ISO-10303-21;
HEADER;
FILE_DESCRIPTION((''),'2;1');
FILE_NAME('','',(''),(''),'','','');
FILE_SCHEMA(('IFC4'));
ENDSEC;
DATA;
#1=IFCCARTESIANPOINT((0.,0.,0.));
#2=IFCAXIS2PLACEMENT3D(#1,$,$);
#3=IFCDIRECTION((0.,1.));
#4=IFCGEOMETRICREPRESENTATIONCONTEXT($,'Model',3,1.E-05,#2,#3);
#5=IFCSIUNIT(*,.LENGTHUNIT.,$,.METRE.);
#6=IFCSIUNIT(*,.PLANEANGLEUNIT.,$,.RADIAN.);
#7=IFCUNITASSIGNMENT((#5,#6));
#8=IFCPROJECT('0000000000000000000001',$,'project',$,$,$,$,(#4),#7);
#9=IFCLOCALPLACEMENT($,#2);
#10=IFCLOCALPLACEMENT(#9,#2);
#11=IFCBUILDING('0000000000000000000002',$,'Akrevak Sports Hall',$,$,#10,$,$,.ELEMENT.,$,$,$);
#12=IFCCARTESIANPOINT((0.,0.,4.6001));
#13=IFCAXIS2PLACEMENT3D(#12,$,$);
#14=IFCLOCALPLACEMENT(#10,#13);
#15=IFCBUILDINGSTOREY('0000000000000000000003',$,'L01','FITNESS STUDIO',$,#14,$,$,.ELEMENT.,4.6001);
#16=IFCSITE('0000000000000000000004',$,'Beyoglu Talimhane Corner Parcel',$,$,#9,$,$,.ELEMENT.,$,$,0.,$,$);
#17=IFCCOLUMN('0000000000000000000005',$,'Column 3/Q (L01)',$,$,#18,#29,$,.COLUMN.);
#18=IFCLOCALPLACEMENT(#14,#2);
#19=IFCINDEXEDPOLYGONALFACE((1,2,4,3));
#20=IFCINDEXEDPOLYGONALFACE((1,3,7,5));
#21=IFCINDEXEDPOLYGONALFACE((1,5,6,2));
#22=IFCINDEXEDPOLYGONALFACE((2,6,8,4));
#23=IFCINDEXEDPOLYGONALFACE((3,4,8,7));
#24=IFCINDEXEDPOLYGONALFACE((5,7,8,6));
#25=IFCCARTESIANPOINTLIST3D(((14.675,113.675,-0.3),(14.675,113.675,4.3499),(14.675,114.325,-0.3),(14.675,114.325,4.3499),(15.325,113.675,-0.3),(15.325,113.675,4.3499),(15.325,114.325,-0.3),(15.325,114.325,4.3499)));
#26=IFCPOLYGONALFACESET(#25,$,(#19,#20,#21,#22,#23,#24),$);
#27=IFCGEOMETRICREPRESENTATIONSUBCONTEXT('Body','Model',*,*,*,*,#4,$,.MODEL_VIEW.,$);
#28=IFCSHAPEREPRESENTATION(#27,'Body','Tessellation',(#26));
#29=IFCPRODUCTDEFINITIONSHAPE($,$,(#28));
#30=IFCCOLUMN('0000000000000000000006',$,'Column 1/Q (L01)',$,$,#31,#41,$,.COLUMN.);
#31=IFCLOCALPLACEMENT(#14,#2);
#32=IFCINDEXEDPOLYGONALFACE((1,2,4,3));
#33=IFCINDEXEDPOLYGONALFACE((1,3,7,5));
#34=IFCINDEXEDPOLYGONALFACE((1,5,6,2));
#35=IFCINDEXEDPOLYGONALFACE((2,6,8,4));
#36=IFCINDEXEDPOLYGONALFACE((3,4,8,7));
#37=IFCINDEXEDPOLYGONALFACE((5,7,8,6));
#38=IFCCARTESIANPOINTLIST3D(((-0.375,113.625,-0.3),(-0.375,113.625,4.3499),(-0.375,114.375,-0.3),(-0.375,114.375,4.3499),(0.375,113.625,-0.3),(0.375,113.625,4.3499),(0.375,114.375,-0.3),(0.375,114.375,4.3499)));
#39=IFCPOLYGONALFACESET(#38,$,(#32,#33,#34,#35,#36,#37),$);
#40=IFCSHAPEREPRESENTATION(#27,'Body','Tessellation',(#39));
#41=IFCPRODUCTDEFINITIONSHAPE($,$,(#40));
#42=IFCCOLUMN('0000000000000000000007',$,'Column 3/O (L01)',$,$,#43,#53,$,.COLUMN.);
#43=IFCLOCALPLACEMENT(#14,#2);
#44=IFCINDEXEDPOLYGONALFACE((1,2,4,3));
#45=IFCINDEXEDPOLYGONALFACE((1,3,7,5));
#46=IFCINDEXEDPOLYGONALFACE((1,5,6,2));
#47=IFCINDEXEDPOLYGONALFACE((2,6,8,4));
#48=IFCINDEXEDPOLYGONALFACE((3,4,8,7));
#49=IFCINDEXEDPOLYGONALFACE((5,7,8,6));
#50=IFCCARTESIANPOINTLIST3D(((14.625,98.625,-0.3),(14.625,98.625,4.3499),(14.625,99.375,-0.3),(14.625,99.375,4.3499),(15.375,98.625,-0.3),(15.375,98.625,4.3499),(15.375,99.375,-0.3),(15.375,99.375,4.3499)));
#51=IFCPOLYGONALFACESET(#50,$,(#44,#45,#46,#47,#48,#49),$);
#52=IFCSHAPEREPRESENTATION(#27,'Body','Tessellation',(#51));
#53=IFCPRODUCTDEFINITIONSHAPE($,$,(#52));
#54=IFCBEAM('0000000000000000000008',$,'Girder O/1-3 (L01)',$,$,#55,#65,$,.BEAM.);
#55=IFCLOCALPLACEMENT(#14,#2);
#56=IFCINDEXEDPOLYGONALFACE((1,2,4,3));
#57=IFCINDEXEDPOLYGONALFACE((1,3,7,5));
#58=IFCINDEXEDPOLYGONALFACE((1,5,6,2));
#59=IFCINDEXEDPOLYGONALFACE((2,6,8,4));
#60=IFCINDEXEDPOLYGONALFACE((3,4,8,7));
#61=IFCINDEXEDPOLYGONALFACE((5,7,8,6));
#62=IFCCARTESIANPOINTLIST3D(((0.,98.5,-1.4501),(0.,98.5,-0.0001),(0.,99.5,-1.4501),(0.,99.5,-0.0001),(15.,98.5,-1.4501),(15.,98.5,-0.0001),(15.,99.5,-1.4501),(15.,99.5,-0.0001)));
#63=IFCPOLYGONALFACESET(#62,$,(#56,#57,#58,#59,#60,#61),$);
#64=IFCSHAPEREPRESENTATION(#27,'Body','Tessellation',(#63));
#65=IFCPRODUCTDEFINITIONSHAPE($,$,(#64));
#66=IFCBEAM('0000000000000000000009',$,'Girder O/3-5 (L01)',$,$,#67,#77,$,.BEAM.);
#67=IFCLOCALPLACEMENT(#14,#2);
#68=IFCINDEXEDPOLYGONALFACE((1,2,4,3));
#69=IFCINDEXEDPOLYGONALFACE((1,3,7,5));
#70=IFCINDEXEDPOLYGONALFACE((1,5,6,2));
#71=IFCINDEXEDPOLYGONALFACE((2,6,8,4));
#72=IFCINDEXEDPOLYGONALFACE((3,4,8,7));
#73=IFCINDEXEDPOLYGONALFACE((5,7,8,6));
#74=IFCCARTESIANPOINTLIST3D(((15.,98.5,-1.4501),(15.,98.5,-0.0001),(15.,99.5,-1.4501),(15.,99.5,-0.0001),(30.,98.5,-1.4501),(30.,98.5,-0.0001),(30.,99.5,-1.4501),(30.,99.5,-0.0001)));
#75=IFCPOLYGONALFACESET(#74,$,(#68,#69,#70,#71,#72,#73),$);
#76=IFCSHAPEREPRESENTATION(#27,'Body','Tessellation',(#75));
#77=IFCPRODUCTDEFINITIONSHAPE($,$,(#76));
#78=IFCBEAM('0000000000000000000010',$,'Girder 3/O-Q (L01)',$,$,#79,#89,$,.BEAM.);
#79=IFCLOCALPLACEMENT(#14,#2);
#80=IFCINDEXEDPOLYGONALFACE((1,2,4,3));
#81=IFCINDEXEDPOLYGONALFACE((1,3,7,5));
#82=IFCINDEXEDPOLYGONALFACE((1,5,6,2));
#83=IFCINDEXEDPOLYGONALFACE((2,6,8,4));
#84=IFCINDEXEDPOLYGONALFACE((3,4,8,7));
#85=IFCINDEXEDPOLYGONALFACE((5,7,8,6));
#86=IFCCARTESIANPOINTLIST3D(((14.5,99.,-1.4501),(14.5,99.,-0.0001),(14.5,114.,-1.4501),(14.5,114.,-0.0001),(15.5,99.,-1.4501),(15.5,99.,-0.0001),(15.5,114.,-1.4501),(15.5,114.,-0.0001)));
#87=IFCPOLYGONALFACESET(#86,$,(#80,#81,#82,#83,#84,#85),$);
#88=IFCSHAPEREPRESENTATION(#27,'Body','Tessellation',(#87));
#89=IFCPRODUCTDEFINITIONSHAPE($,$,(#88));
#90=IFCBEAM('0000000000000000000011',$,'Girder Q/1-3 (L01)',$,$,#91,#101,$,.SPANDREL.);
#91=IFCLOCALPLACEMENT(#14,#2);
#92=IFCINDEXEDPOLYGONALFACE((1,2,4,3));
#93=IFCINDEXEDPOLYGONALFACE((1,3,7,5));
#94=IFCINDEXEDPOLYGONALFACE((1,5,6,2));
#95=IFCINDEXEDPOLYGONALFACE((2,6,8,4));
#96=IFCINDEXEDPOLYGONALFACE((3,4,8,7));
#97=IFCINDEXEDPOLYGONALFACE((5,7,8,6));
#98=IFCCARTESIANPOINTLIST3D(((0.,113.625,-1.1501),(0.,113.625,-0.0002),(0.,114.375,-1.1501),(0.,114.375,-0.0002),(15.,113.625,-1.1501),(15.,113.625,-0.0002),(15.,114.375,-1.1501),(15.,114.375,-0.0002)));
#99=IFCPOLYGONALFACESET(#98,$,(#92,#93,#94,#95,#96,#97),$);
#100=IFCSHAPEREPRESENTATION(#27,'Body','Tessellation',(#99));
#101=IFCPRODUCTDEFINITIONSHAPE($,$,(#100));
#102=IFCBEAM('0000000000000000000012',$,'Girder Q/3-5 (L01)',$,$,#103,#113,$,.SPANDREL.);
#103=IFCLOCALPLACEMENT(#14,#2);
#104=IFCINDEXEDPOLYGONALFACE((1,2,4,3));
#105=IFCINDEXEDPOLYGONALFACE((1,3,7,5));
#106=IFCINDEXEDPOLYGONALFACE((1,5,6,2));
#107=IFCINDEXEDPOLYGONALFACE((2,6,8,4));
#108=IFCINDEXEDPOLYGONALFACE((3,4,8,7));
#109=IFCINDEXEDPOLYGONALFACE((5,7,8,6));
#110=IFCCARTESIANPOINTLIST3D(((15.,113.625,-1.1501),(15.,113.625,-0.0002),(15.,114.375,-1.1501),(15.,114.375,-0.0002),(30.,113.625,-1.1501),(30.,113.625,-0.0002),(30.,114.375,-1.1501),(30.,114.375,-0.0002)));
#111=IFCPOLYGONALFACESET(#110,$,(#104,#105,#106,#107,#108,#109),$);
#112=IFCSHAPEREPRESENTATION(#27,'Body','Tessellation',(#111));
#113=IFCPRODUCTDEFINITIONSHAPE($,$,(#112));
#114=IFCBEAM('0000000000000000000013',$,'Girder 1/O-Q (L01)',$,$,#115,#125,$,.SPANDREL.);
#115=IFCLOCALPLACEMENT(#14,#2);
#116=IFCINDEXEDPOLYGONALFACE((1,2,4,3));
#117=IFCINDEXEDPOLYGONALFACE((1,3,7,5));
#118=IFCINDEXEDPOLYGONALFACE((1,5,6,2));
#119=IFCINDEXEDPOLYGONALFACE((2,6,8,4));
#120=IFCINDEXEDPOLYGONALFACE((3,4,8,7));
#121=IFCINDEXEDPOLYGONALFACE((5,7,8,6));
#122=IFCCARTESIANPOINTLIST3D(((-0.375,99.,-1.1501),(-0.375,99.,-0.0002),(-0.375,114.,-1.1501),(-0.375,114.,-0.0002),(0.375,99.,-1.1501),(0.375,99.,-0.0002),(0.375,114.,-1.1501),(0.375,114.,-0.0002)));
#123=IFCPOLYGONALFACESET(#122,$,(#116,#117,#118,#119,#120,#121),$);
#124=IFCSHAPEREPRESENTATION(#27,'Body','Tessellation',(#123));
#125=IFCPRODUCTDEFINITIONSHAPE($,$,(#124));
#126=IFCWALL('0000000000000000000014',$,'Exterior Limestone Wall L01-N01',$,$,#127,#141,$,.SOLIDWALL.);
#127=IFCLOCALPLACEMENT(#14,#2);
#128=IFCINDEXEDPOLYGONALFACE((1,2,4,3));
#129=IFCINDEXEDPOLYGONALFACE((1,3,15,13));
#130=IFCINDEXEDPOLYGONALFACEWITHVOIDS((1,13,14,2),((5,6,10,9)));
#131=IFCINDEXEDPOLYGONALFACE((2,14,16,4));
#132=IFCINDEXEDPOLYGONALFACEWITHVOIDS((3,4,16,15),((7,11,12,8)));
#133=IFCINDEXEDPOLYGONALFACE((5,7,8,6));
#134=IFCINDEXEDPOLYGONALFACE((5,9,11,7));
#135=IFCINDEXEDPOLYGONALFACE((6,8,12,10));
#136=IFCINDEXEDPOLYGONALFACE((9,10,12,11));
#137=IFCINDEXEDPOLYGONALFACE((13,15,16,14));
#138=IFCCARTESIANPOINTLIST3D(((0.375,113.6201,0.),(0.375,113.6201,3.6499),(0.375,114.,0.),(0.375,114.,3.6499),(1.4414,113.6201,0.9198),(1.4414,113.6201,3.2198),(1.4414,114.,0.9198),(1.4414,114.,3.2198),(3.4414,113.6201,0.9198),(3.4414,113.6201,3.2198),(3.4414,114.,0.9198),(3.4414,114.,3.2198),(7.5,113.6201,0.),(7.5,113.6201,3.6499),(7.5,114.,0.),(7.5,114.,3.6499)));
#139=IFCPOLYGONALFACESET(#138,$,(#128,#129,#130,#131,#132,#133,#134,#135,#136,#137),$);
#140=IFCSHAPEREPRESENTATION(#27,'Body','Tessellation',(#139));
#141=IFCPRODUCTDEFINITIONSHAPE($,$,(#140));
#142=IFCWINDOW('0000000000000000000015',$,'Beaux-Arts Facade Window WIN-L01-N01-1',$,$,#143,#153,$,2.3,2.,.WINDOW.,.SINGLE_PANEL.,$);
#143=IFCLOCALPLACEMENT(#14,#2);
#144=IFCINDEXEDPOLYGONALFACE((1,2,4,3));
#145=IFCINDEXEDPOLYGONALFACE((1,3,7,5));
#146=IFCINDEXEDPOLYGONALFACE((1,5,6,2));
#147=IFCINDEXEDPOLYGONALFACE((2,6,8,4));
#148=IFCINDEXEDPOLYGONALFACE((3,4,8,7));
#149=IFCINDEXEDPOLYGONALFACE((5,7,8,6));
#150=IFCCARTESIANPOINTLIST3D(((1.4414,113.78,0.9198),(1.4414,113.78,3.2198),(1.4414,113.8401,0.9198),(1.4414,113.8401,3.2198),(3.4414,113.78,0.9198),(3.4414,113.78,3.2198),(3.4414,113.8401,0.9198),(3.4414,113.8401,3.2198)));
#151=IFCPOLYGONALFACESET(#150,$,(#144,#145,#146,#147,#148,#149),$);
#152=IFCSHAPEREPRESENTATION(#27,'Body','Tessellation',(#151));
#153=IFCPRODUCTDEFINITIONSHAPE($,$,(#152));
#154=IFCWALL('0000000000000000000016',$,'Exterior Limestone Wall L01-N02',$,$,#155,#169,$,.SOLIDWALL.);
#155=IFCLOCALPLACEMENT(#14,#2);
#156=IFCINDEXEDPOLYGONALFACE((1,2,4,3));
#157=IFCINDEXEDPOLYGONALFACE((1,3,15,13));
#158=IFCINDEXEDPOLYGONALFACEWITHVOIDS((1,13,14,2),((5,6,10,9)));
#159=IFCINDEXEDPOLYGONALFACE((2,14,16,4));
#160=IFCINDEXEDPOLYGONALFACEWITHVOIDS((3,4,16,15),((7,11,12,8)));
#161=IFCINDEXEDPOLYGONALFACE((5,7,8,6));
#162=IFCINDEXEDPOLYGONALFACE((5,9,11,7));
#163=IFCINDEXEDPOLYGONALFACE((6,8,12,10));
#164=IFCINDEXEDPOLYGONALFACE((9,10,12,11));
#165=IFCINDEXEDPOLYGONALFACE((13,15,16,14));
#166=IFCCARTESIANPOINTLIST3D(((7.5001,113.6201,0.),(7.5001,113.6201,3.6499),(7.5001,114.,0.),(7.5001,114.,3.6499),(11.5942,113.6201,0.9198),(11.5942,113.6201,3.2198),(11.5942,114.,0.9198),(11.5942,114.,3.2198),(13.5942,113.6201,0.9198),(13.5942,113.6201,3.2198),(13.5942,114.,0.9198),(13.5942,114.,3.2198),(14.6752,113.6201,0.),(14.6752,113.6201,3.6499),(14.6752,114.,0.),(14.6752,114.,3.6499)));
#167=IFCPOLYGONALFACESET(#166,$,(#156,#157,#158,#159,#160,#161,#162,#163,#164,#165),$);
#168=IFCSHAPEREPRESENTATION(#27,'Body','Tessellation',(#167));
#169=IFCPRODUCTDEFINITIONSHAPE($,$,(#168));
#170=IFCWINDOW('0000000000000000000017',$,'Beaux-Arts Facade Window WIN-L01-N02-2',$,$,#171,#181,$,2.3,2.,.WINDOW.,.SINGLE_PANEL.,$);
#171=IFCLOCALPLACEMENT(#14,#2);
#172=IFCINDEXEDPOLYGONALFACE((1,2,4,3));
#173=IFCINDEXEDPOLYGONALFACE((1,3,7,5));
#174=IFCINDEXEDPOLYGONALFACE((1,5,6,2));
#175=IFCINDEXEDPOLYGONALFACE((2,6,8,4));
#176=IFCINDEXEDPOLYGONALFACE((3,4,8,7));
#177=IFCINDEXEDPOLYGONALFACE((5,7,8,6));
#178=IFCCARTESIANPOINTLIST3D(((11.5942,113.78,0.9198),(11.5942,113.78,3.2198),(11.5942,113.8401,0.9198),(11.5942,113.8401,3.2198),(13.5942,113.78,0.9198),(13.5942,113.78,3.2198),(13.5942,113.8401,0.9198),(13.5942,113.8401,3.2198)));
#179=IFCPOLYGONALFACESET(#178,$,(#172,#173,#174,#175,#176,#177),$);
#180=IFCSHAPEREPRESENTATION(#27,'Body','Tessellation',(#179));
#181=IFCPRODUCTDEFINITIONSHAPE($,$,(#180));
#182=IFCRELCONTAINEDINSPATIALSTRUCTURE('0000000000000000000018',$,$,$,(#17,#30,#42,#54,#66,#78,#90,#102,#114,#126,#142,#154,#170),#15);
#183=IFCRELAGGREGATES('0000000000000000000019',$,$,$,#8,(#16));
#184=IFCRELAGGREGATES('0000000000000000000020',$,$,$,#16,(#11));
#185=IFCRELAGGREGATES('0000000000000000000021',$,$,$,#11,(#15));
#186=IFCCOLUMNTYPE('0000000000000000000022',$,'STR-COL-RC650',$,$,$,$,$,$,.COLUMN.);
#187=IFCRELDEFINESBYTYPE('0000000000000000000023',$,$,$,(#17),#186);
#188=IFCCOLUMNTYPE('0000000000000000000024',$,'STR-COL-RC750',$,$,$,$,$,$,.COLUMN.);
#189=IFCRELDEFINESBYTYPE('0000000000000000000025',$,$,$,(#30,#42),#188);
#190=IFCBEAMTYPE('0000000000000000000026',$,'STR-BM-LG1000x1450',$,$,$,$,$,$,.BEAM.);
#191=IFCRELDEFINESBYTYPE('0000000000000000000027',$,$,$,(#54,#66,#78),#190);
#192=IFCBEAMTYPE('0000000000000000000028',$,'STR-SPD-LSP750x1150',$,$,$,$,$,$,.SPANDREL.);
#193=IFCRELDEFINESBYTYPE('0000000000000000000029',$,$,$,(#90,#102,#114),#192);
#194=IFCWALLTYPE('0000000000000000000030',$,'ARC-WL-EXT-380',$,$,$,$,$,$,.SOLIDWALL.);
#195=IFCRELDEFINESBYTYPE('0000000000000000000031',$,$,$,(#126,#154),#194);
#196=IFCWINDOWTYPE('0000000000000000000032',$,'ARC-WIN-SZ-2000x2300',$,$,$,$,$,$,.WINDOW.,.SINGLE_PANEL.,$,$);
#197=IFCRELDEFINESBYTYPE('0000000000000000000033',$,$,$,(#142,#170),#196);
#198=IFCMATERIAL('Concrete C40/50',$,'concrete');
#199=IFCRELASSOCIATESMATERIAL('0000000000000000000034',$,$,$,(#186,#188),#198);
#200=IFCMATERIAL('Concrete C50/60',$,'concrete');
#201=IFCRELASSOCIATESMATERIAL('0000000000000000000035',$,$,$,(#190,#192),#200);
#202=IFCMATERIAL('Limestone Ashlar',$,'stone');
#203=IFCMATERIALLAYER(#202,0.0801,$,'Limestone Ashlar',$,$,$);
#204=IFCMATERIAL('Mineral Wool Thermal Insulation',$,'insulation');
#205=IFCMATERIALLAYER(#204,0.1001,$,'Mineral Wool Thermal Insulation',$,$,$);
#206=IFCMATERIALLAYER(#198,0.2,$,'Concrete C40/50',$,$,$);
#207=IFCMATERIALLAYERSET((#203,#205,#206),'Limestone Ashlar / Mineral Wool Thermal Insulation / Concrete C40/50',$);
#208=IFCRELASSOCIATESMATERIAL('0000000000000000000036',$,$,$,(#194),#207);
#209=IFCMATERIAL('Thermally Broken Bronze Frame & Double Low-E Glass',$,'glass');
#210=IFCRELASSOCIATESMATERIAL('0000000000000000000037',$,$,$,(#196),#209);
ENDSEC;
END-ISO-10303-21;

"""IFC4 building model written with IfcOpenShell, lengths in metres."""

from ifc_helpers import new_model, si_unit, direction, frame, frame_2d, origin, origin_2d, place, context, subcontext, project, spatial, rectangle, extrude, material, layer, layer_set, material_profile, profile_set, type_object, element, fill, save


model = new_model("IFC4")

# Units and contexts
model_context = context("Model", 3, precision=1e-05, world=origin(), true_north=direction((0.0, 1.0)))
body_context = subcontext(model_context, "Body", "Model", "MODEL_VIEW")
ifc_project = project(units=[si_unit("LENGTHUNIT", "METRE"), si_unit("PLANEANGLEUNIT", "RADIAN")], contexts=[model_context])

# Site, building, storey
site_placement = place(None, origin())
site = spatial("IfcSite", under=ifc_project, at=site_placement, Name="Beyoglu Talimhane Corner Parcel", CompositionType="ELEMENT", RefElevation=0.0)
building_placement = place(site_placement, origin())
building = spatial("IfcBuilding", under=site, at=building_placement, Name="Akrevak Sports Hall", CompositionType="ELEMENT")
storey_placement = place(building_placement, frame((0.0, 0.0, 4.6001)))
storey = spatial("IfcBuildingStorey", under=building, at=storey_placement, Name="L01", Description="FITNESS STUDIO", CompositionType="ELEMENT", Elevation=4.6001)

# Columns
ifc_material_1 = material(Name="Concrete C40/50", Category="concrete")
ifc_material_profile_1 = material_profile(ifc_material_1, rectangle(XDim=0.6499, YDim=0.6499, at=origin_2d()), Name="RC 650x650", Category="concrete")
ifc_profile_set_1 = profile_set([ifc_material_profile_1], Name="Concrete C40/50")
column_type_1 = type_object("IfcColumnType", Name="STR-COL-RC650", PredefinedType="COLUMN", material=ifc_profile_set_1)
column_placement = place(storey_placement, frame((15.0, 114.0, -0.3), z_axis=(0.0, 0.0, 1.0), x_axis=(1.0, 0.0, 0.0)))
element("IfcColumn", 1, at=column_placement, inside=storey, type_object=column_type_1, Name="Column 3/Q (L01)", PredefinedType="COLUMN", context=body_context, shape_type="SweptSolid", body=[
    extrude(rectangle(XDim=0.6499, YDim=0.6499, at=origin_2d()), origin(), (0.0, 0.0, 1.0), 4.6499),
])
ifc_material_profile_2 = material_profile(ifc_material_1, rectangle(XDim=0.75, YDim=0.75, at=origin_2d()), Name="RC 750x750", Category="concrete")
ifc_profile_set_2 = profile_set([ifc_material_profile_2], Name="Concrete C40/50")
column_type_2 = type_object("IfcColumnType", Name="STR-COL-RC750", PredefinedType="COLUMN", material=ifc_profile_set_2)
for number, where, z_axis, x_axis, name in (
    (2, (0.0, 114.0, -0.3), (0.0, 0.0, 1.0), (1.0, 0.0, 0.0), "Column 1/Q (L01)"),
    (3, (15.0, 99.0, -0.3), (0.0, 0.0, 1.0), (1.0, 0.0, 0.0), "Column 3/O (L01)"),
):
    element("IfcColumn", number, at=place(storey_placement, frame(where, z_axis=z_axis, x_axis=x_axis)), inside=storey, type_object=column_type_2, Name=name, PredefinedType="COLUMN", context=body_context, shape_type="SweptSolid", body=[
        extrude(rectangle(XDim=0.75, YDim=0.75, at=origin_2d()), origin(), (0.0, 0.0, 1.0), 4.6499),
    ])

# Beams
ifc_material_2 = material(Name="Concrete C50/60", Category="concrete")
ifc_material_profile_3 = material_profile(ifc_material_2, rectangle(XDim=1.0, YDim=1.45, at=origin_2d()), Name="BM 1000x1450", Category="concrete")
ifc_profile_set_3 = profile_set([ifc_material_profile_3], Name="Concrete C50/60")
beam_type_1 = type_object("IfcBeamType", Name="STR-BM-LG1000x1450", PredefinedType="BEAM", material=ifc_profile_set_3)
for number, where, z_axis, x_axis, name in (
    (4, (0.0, 99.0, -0.7251), (1.0, 0.0, 0.0), (0.0, 1.0, 0.0), "Girder O/1-3 (L01)"),
    (5, (15.0, 99.0, -0.7251), (1.0, 0.0, 0.0), (0.0, 1.0, 0.0), "Girder O/3-5 (L01)"),
    (6, (15.0, 99.0, -0.7251), (0.0, 1.0, 0.0), (-1.0, 0.0, 0.0), "Girder 3/O-Q (L01)"),
):
    element("IfcBeam", number, at=place(storey_placement, frame(where, z_axis=z_axis, x_axis=x_axis)), inside=storey, type_object=beam_type_1, Name=name, PredefinedType="BEAM", context=body_context, shape_type="SweptSolid", body=[
        extrude(rectangle(XDim=1.0, YDim=1.45, at=origin_2d()), origin(), (0.0, 0.0, 1.0), 15.0),
    ])
ifc_material_profile_4 = material_profile(ifc_material_2, rectangle(XDim=0.75, YDim=1.1499, at=origin_2d()), Name="SPD 750x1150", Category="concrete")
ifc_profile_set_4 = profile_set([ifc_material_profile_4], Name="Concrete C50/60")
beam_type_2 = type_object("IfcBeamType", Name="STR-SPD-LSP750x1150", PredefinedType="SPANDREL", material=ifc_profile_set_4)
for number, where, z_axis, x_axis, name in (
    (7, (0.0, 114.0, -0.5752), (1.0, 0.0, 0.0), (0.0, 1.0, 0.0), "Girder Q/1-3 (L01)"),
    (8, (15.0, 114.0, -0.5752), (1.0, 0.0, 0.0), (0.0, 1.0, 0.0), "Girder Q/3-5 (L01)"),
    (9, (0.0, 99.0, -0.5752), (0.0, 1.0, 0.0), (-1.0, 0.0, 0.0), "Girder 1/O-Q (L01)"),
):
    element("IfcBeam", number, at=place(storey_placement, frame(where, z_axis=z_axis, x_axis=x_axis)), inside=storey, type_object=beam_type_2, Name=name, PredefinedType="SPANDREL", context=body_context, shape_type="SweptSolid", body=[
        extrude(rectangle(XDim=0.75, YDim=1.1499, at=origin_2d()), origin(), (0.0, 0.0, 1.0), 15.0),
    ])

# Walls, openings, windows
ifc_material_3 = material(Name="Limestone Ashlar", Category="stone")
ifc_layer_1 = layer(ifc_material_3, 0.0801, Name="Limestone Ashlar")
ifc_material_4 = material(Name="Mineral Wool Thermal Insulation", Category="insulation")
ifc_layer_2 = layer(ifc_material_4, 0.1001, Name="Mineral Wool Thermal Insulation")
ifc_layer_3 = layer(ifc_material_1, 0.2, Name="Concrete C40/50")
ifc_layer_set_1 = layer_set([ifc_layer_1, ifc_layer_2, ifc_layer_3], Name="Limestone Ashlar / Mineral Wool Thermal Insulation / Concrete C40/50")
wall_type_1 = type_object("IfcWallType", Name="ARC-WL-EXT-380", PredefinedType="SOLIDWALL", material=ifc_layer_set_1)
wall_1_placement = place(storey_placement, frame((7.5, 113.8101, 0.0), z_axis=(0.0, 0.0, 1.0), x_axis=(-1.0, 0.0, 0.0)))
wall_1 = element("IfcWall", 10, at=wall_1_placement, inside=storey, type_object=wall_type_1, Name="Exterior Limestone Wall L01-N01", PredefinedType="SOLIDWALL", context=body_context, shape_type="SweptSolid", body=[
    extrude(rectangle(XDim=7.125, YDim=0.3799, at=frame_2d((3.5625, 0.0))), origin(), (0.0, 0.0, 1.0), 3.6499),
])
opening_1_placement = place(wall_1_placement, frame((4.0586, 0.0, 0.9199)))
opening_1 = element("IfcOpeningElement", 11, at=opening_1_placement, cuts=wall_1, PredefinedType="OPENING", context=body_context, shape_type="SweptSolid", body=[
    extrude(rectangle(XDim=2.0, YDim=2.3, at=frame_2d((1.0, 1.1499))), frame((0.0, 0.2019, 0.0), z_axis=(0.0, -1.0, 0.0), x_axis=(1.0, 0.0, 0.0)), (0.0, 0.0, 1.0), 0.4038),
])
ifc_material_5 = material(Name="Thermally Broken Bronze Frame & Double Low-E Glass", Category="glass")
window_type = type_object("IfcWindowType", Name="ARC-WIN-SZ-2000x2300", PartitioningType="SINGLE_PANEL", PredefinedType="WINDOW", material=ifc_material_5)
window_1_placement = place(opening_1_placement, origin())
window_1 = element("IfcWindow", 12, at=window_1_placement, inside=storey, type_object=window_type, Name="Beaux-Arts Facade Window WIN-L01-N01-1", OverallHeight=2.3, OverallWidth=2.0, PartitioningType="SINGLE_PANEL", PredefinedType="WINDOW", context=body_context, shape_type="SweptSolid", body=[
    extrude(rectangle(XDim=2.0, YDim=2.3, at=frame_2d((1.0, 1.1499))), frame((0.0, 0.03, 0.0), z_axis=(0.0, -1.0, 0.0), x_axis=(1.0, 0.0, 0.0)), (0.0, 0.0, 1.0), 0.0601),
])
fill(opening_1, window_1)
wall_2_placement = place(storey_placement, frame((14.675, 113.8101, 0.0), z_axis=(0.0, 0.0, 1.0), x_axis=(-1.0, 0.0, 0.0)))
wall_2 = element("IfcWall", 13, at=wall_2_placement, inside=storey, type_object=wall_type_1, Name="Exterior Limestone Wall L01-N02", PredefinedType="SOLIDWALL", context=body_context, shape_type="SweptSolid", body=[
    extrude(rectangle(XDim=7.175, YDim=0.3799, at=frame_2d((3.5874, 0.0))), origin(), (0.0, 0.0, 1.0), 3.6499),
])
opening_2_placement = place(wall_2_placement, frame((1.0808, 0.0, 0.9199)))
opening_2 = element("IfcOpeningElement", 14, at=opening_2_placement, cuts=wall_2, PredefinedType="OPENING", context=body_context, shape_type="SweptSolid", body=[
    extrude(rectangle(XDim=2.0, YDim=2.3, at=frame_2d((1.0, 1.1499))), frame((0.0, 0.2019, 0.0), z_axis=(0.0, -1.0, 0.0), x_axis=(1.0, 0.0, 0.0)), (0.0, 0.0, 1.0), 0.4038),
])
window_2_placement = place(opening_2_placement, origin())
window_2 = element("IfcWindow", 15, at=window_2_placement, inside=storey, type_object=window_type, Name="Beaux-Arts Facade Window WIN-L01-N02-2", OverallHeight=2.3, OverallWidth=2.0, PartitioningType="SINGLE_PANEL", PredefinedType="WINDOW", context=body_context, shape_type="SweptSolid", body=[
    extrude(rectangle(XDim=2.0, YDim=2.3, at=frame_2d((1.0, 1.1499))), frame((0.0, 0.03, 0.0), z_axis=(0.0, -1.0, 0.0), x_axis=(1.0, 0.0, 0.0)), (0.0, 0.0, 1.0), 0.0601),
])
fill(opening_2, window_2)

save(model, "model.ifc")
